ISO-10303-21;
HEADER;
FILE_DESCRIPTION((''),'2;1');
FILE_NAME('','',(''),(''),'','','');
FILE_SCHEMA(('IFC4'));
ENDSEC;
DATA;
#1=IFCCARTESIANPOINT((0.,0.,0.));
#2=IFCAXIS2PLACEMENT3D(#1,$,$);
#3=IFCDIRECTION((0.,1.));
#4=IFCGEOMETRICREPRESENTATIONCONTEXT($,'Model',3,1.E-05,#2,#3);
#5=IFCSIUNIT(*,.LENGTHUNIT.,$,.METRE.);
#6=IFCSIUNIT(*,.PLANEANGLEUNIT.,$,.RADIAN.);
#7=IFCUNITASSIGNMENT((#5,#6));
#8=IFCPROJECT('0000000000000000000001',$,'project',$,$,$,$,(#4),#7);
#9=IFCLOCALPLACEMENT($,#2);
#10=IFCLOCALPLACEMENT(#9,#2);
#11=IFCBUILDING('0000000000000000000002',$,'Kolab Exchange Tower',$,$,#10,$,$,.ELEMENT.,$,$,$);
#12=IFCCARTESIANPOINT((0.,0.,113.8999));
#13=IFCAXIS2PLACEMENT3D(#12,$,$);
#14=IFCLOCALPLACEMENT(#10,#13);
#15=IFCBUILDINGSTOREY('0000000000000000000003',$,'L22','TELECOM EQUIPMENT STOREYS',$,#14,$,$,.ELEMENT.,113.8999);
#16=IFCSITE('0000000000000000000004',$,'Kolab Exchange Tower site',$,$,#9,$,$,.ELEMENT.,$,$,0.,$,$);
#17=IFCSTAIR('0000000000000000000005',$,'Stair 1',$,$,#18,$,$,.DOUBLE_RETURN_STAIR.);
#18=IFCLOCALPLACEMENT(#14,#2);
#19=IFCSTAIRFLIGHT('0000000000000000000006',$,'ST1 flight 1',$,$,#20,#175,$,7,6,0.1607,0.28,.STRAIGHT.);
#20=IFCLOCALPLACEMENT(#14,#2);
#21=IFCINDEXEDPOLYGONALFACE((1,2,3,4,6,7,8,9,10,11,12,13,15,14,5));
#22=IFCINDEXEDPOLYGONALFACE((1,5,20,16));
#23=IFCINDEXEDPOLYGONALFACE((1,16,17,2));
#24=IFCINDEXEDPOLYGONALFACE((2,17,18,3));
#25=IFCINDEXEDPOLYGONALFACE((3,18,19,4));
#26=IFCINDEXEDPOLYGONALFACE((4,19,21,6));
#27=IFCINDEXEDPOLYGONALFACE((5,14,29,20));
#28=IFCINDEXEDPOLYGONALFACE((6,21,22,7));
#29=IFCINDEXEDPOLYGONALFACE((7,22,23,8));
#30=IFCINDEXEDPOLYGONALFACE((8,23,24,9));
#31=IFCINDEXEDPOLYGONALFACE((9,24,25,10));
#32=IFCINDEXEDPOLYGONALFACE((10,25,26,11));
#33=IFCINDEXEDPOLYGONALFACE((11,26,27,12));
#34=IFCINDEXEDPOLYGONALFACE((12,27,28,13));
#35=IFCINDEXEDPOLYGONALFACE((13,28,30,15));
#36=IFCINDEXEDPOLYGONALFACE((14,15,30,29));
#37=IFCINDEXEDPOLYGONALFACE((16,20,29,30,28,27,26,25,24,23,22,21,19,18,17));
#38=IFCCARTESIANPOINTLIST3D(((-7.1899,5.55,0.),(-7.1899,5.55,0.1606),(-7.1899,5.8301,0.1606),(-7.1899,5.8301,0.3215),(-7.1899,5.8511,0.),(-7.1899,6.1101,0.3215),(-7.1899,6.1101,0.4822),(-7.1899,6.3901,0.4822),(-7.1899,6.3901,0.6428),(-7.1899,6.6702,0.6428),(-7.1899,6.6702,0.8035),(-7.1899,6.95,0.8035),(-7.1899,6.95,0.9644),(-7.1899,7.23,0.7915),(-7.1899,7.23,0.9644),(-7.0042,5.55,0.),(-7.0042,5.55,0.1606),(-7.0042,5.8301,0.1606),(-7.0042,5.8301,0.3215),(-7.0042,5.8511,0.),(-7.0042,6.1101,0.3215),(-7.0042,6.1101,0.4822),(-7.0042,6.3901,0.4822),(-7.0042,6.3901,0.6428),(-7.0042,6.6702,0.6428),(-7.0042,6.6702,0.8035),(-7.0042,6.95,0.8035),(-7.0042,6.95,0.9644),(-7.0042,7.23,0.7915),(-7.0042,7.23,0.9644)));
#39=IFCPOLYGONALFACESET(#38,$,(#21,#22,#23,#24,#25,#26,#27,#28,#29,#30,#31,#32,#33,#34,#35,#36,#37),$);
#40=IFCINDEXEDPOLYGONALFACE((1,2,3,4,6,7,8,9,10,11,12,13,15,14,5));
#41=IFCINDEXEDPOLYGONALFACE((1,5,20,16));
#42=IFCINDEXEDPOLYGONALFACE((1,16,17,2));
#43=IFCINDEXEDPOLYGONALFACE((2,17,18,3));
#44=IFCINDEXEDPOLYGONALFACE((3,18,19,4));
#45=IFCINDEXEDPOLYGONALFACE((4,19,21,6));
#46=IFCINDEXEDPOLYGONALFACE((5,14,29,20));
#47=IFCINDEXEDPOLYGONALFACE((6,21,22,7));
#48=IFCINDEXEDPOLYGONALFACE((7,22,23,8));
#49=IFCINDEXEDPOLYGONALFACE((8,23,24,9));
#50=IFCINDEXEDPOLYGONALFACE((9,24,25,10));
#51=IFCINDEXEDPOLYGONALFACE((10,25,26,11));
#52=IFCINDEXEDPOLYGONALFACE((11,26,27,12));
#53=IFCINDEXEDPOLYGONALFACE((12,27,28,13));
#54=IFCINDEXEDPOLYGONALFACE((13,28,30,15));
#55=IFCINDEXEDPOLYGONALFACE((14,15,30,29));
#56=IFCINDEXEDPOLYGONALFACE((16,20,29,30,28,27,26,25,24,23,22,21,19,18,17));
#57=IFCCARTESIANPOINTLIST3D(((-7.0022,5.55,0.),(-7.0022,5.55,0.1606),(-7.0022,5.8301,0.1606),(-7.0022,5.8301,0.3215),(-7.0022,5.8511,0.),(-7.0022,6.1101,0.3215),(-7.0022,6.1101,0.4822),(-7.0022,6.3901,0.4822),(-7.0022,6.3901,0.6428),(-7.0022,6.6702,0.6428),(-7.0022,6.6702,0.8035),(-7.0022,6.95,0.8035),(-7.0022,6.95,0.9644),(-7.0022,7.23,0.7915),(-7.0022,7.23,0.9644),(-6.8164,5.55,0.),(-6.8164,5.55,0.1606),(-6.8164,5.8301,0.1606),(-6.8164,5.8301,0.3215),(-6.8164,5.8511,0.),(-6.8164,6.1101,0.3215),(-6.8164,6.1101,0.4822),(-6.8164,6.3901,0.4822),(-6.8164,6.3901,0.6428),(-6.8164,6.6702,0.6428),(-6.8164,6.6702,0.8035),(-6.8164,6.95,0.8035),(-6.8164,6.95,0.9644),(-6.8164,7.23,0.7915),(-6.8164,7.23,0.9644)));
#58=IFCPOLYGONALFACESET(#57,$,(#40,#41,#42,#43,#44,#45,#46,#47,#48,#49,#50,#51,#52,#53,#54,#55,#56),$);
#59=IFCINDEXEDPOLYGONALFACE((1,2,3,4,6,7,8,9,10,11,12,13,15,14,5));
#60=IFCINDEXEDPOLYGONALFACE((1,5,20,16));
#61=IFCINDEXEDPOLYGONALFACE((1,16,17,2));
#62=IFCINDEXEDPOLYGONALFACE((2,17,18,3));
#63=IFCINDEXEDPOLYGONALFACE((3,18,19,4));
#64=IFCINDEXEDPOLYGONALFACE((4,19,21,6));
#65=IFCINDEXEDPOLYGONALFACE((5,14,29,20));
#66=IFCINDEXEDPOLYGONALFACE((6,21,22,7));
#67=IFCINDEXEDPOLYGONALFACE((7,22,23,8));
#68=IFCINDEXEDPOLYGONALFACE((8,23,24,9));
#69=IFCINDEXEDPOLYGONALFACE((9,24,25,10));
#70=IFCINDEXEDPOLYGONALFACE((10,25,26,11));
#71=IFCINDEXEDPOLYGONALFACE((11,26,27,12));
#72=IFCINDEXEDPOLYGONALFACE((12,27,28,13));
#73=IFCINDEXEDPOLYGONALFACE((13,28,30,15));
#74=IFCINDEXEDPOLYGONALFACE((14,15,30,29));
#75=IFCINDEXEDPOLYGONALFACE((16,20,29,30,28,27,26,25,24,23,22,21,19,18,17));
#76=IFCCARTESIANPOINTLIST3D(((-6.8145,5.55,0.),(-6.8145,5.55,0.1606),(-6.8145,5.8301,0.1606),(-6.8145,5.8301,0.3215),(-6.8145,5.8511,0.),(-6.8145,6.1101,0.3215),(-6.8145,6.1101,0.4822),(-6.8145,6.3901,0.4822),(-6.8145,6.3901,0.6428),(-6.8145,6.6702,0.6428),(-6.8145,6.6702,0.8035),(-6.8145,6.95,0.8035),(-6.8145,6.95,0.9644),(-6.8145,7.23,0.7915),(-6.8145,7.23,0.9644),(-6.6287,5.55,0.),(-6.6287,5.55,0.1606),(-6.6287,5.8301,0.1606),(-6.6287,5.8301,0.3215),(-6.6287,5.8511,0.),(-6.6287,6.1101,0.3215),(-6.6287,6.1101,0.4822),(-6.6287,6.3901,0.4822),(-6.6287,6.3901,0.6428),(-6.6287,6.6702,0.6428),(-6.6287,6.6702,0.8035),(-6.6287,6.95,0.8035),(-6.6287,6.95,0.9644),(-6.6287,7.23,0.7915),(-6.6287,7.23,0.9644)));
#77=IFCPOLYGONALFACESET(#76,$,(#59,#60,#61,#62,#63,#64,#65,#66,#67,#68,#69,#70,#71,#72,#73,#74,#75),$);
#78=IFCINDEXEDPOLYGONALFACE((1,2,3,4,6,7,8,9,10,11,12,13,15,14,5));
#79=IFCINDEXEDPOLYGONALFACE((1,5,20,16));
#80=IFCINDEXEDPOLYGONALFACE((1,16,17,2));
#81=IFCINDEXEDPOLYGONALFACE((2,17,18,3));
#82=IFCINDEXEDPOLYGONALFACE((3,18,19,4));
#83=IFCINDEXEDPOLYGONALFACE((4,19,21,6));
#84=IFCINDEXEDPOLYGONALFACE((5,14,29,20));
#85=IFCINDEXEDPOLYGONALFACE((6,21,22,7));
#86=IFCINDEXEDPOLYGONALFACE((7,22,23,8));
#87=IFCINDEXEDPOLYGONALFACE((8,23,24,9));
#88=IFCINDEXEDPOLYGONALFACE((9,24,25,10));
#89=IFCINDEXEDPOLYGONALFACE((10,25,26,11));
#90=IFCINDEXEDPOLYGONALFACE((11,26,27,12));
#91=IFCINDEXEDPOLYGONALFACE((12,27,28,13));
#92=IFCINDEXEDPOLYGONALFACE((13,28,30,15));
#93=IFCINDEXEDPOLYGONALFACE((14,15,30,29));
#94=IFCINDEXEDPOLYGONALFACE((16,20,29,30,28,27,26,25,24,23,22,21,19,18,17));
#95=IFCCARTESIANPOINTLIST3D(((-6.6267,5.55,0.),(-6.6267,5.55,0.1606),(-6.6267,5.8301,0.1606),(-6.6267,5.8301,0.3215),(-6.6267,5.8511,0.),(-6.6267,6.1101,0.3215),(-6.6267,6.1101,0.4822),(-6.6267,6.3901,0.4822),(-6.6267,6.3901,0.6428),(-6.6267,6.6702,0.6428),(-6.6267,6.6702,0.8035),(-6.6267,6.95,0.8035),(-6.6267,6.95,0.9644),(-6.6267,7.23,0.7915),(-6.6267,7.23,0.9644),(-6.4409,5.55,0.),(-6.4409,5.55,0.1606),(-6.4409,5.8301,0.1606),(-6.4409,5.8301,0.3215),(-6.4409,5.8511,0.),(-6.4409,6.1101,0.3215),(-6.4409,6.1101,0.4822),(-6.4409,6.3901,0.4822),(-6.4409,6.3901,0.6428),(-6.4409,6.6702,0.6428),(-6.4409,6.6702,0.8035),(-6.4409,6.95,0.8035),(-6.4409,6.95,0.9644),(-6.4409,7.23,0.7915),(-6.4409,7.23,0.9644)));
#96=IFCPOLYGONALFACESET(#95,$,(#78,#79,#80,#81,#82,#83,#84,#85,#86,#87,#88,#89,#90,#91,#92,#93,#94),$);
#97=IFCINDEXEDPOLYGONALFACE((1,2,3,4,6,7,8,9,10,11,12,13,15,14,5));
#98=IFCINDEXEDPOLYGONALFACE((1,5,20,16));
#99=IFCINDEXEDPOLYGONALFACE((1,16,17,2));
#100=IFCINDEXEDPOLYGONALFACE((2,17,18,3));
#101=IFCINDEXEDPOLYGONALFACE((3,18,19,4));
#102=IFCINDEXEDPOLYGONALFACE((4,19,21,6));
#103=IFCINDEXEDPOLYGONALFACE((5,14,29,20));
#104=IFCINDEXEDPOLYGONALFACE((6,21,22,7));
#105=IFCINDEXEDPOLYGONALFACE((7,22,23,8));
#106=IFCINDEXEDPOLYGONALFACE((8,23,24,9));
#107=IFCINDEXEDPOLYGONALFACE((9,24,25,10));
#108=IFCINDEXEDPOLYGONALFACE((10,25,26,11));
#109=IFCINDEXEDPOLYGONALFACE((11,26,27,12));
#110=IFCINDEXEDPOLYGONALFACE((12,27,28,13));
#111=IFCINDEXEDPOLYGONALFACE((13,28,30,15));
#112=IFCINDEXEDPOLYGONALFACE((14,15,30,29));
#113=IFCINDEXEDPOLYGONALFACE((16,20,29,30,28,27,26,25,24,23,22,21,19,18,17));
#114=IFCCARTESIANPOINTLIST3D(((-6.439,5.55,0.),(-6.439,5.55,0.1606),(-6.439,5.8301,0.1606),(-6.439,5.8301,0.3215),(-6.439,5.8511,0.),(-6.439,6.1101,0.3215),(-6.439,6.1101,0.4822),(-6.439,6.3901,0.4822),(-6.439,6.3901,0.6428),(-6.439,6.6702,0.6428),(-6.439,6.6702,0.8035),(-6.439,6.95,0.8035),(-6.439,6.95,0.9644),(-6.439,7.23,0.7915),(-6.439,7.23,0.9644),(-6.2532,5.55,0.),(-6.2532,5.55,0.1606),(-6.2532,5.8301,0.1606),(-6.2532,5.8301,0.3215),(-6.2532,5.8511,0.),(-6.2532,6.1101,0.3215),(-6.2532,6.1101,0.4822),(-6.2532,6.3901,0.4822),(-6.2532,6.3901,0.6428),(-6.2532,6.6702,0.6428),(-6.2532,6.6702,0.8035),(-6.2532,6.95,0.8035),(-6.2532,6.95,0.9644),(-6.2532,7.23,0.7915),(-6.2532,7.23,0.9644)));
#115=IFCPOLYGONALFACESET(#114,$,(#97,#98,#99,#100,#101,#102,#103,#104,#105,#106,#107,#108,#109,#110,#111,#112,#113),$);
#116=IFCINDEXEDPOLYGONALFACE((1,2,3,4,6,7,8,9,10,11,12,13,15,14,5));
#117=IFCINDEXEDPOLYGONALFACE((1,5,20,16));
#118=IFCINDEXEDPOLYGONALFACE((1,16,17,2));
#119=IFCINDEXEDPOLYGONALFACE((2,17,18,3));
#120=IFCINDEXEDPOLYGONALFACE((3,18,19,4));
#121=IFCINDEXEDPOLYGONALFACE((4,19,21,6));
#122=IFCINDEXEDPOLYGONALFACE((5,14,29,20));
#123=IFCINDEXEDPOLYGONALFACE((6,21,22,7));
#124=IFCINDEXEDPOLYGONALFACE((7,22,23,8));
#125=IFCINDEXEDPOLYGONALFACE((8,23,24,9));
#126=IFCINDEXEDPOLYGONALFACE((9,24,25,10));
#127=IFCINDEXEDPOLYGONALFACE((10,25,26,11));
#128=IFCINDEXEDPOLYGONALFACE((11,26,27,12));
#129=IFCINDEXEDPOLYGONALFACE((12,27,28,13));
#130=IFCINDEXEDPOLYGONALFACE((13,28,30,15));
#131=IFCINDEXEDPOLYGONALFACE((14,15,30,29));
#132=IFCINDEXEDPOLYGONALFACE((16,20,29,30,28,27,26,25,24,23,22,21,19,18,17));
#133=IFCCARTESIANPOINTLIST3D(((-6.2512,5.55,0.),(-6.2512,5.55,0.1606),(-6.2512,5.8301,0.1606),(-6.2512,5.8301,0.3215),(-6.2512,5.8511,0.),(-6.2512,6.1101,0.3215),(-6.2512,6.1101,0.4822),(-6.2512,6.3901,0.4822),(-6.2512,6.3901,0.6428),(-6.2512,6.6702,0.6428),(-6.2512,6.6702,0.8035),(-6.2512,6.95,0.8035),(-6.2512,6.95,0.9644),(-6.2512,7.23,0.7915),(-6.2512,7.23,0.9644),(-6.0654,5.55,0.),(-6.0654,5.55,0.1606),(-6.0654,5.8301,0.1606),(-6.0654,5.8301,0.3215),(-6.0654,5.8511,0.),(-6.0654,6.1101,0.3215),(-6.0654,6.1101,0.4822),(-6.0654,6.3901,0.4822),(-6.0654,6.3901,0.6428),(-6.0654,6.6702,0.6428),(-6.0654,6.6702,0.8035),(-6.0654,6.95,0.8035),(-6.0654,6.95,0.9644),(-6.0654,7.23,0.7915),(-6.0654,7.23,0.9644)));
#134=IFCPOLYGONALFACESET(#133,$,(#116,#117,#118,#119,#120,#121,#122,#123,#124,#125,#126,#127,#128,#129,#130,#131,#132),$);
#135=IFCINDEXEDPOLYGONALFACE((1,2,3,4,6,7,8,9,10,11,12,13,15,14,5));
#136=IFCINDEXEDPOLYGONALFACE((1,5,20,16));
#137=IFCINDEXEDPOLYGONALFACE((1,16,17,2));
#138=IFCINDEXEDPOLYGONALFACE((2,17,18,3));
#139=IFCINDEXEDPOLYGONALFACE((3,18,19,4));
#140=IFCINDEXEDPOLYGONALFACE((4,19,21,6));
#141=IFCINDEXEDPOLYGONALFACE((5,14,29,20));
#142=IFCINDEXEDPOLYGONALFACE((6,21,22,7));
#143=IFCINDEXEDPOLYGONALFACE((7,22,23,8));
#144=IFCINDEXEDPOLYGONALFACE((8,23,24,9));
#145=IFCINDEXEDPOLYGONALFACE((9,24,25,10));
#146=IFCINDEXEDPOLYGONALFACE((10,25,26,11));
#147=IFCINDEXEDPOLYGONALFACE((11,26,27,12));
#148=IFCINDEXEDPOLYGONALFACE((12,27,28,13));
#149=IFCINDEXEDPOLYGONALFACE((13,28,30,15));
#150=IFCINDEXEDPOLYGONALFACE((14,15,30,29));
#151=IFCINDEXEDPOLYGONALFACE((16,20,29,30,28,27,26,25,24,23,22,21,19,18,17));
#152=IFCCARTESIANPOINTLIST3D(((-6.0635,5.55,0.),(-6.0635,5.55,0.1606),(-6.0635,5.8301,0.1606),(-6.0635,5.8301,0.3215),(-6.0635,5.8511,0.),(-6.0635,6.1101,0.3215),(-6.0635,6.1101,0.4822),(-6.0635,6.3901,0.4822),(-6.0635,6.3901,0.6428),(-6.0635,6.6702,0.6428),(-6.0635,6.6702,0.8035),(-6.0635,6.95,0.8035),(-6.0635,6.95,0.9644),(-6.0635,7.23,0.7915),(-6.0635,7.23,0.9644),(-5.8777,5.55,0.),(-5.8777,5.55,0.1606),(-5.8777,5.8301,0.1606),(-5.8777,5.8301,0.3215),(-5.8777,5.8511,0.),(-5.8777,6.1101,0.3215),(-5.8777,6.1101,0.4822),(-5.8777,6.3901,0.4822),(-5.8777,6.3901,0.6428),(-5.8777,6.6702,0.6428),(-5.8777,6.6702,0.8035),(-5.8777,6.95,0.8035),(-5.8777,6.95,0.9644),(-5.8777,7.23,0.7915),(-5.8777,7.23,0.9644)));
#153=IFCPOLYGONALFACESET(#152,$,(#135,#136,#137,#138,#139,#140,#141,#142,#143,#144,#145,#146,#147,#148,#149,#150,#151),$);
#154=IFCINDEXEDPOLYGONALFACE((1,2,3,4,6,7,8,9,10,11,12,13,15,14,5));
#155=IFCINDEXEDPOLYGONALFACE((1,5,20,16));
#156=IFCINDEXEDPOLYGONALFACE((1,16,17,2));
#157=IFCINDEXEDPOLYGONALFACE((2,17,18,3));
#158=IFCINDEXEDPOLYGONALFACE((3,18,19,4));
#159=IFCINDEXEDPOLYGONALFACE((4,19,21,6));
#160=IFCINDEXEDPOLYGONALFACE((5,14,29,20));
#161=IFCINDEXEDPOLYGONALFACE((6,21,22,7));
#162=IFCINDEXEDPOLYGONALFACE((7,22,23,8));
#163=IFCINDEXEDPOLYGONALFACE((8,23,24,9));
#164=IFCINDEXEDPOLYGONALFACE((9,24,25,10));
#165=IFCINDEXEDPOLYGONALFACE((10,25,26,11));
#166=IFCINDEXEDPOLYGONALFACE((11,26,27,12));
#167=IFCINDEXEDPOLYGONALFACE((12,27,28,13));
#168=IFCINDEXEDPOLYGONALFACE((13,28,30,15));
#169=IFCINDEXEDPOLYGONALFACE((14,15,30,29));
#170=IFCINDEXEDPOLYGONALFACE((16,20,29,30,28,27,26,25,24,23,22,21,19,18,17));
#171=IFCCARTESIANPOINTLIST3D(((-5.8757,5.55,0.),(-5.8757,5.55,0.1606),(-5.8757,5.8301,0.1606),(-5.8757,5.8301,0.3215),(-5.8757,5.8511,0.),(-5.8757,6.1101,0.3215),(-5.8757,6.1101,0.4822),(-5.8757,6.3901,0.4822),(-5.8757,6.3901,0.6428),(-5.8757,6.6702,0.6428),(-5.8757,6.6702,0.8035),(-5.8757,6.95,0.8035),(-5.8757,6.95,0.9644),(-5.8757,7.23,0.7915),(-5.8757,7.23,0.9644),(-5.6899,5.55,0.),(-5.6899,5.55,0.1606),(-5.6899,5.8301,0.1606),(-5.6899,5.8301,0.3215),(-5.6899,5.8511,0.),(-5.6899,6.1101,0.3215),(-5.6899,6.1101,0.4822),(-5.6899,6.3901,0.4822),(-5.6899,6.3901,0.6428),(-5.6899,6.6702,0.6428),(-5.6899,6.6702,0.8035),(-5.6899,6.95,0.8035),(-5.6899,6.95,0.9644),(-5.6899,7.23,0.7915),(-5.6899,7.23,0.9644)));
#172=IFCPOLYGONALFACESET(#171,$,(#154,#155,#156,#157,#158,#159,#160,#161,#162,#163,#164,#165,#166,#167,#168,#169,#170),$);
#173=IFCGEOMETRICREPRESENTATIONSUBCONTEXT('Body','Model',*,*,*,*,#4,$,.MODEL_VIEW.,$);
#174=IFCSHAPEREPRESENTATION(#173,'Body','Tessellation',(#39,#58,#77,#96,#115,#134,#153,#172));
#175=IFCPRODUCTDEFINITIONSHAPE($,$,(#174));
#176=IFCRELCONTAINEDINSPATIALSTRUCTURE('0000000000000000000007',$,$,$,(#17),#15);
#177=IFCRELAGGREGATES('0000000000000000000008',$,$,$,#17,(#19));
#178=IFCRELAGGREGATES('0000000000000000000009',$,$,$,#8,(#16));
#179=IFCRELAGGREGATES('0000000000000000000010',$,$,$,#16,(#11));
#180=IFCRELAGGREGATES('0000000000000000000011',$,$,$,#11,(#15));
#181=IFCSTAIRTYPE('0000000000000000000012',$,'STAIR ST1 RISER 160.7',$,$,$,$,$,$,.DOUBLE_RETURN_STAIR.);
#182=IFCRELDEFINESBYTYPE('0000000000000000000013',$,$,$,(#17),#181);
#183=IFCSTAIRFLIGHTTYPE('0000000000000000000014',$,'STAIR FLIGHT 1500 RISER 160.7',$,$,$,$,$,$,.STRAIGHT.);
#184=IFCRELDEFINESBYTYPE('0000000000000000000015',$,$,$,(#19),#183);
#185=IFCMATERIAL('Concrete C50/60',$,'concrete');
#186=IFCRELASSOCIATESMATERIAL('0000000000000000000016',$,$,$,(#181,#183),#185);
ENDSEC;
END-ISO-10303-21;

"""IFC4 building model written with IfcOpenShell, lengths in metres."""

from ifc_helpers import new_model, si_unit, direction, frame, origin, place, context, subcontext, project, spatial, polyline, outline, extrude, material, type_object, element, aggregate, save


model = new_model("IFC4")

# Units and contexts
model_context = context("Model", 3, precision=1e-05, world=origin(), true_north=direction((0.0, 1.0)))
body_context = subcontext(model_context, "Body", "Model", "MODEL_VIEW")
ifc_project = project(units=[si_unit("LENGTHUNIT", "METRE"), si_unit("PLANEANGLEUNIT", "RADIAN")], contexts=[model_context])

# Site, building, storey
site_placement = place(None, origin())
site = spatial("IfcSite", under=ifc_project, at=site_placement, Name="Kolab Exchange Tower site", CompositionType="ELEMENT", RefElevation=0.0)
building_placement = place(site_placement, origin())
building = spatial("IfcBuilding", under=site, at=building_placement, Name="Kolab Exchange Tower", CompositionType="ELEMENT")
storey_placement = place(building_placement, frame((0.0, 0.0, 113.8999)))
storey = spatial("IfcBuildingStorey", under=building, at=storey_placement, Name="L22", Description="TELECOM EQUIPMENT STOREYS", CompositionType="ELEMENT", Elevation=113.8999)

# Shared definitions
ifc_material_1 = material(Name="Concrete C50/60", Category="concrete")

# Stair, stair flight
stair_type = type_object("IfcStairType", Name="STAIR ST1 RISER 160.7", PredefinedType="DOUBLE_RETURN_STAIR", material=ifc_material_1)
stair_placement = place(storey_placement, origin())
stair = element("IfcStair", 1, at=stair_placement, inside=storey, type_object=stair_type, Name="Stair 1", PredefinedType="DOUBLE_RETURN_STAIR")
stair_flight_type = type_object("IfcStairFlightType", Name="STAIR FLIGHT 1500 RISER 160.7", PredefinedType="STRAIGHT", material=ifc_material_1)
stair_flight_1_placement = place(storey_placement, frame((-6.4399, 5.55, 0.0), z_axis=(0.0, 0.0, 1.0), x_axis=(0.0, 1.0, 0.0)))
stair_flight_1 = element("IfcStairFlight", 2, at=stair_flight_1_placement, type_object=stair_flight_type, Name="ST1 flight 1", NumberOfRisers=7, NumberOfTreads=6, PredefinedType="STRAIGHT", RiserHeight=0.1607, TreadLength=0.28, context=body_context, shape_type="SweptSolid", body=[
    extrude(outline(polyline([(0.0, 0.0), (0.0, 0.1606), (0.28, 0.1606), (0.28, 0.3215), (0.5601, 0.3215), (0.5601, 0.4822), (0.8401, 0.4822), (0.8401, 0.6428), (1.1201, 0.6428), (1.1201, 0.8035), (1.3999, 0.8035), (1.3999, 0.9644), (1.6799, 0.9644), (1.6799, 1.125), (1.6799, 0.7915), (0.301, 0.0), (0.0, 0.0)])), frame((0.0, 0.75, 0.0), z_axis=(0.0, -1.0, 0.0), x_axis=(1.0, 0.0, 0.0)), (0.0, 0.0, 1.0), 0.1858),
    extrude(outline(polyline([(0.0, 0.0), (0.0, 0.1606), (0.28, 0.1606), (0.28, 0.3215), (0.5601, 0.3215), (0.5601, 0.4822), (0.8401, 0.4822), (0.8401, 0.6428), (1.1201, 0.6428), (1.1201, 0.8035), (1.3999, 0.8035), (1.3999, 0.9644), (1.6799, 0.9644), (1.6799, 1.125), (1.6799, 0.7915), (0.301, 0.0), (0.0, 0.0)])), frame((0.0, 0.5623, 0.0), z_axis=(0.0, -1.0, 0.0), x_axis=(1.0, 0.0, 0.0)), (0.0, 0.0, 1.0), 0.1858),
    extrude(outline(polyline([(0.0, 0.0), (0.0, 0.1606), (0.28, 0.1606), (0.28, 0.3215), (0.5601, 0.3215), (0.5601, 0.4822), (0.8401, 0.4822), (0.8401, 0.6428), (1.1201, 0.6428), (1.1201, 0.8035), (1.3999, 0.8035), (1.3999, 0.9644), (1.6799, 0.9644), (1.6799, 1.125), (1.6799, 0.7915), (0.301, 0.0), (0.0, 0.0)])), frame((0.0, 0.3745, 0.0), z_axis=(0.0, -1.0, 0.0), x_axis=(1.0, 0.0, 0.0)), (0.0, 0.0, 1.0), 0.1858),
    extrude(outline(polyline([(0.0, 0.0), (0.0, 0.1606), (0.28, 0.1606), (0.28, 0.3215), (0.5601, 0.3215), (0.5601, 0.4822), (0.8401, 0.4822), (0.8401, 0.6428), (1.1201, 0.6428), (1.1201, 0.8035), (1.3999, 0.8035), (1.3999, 0.9644), (1.6799, 0.9644), (1.6799, 1.125), (1.6799, 0.7915), (0.301, 0.0), (0.0, 0.0)])), frame((0.0, 0.1868, 0.0), z_axis=(0.0, -1.0, 0.0), x_axis=(1.0, 0.0, 0.0)), (0.0, 0.0, 1.0), 0.1858),
    extrude(outline(polyline([(0.0, 0.0), (0.0, 0.1606), (0.28, 0.1606), (0.28, 0.3215), (0.5601, 0.3215), (0.5601, 0.4822), (0.8401, 0.4822), (0.8401, 0.6428), (1.1201, 0.6428), (1.1201, 0.8035), (1.3999, 0.8035), (1.3999, 0.9644), (1.6799, 0.9644), (1.6799, 1.125), (1.6799, 0.7915), (0.301, 0.0), (0.0, 0.0)])), frame((0.0, -0.001, 0.0), z_axis=(0.0, -1.0, 0.0), x_axis=(1.0, 0.0, 0.0)), (0.0, 0.0, 1.0), 0.1858),
    extrude(outline(polyline([(0.0, 0.0), (0.0, 0.1606), (0.28, 0.1606), (0.28, 0.3215), (0.5601, 0.3215), (0.5601, 0.4822), (0.8401, 0.4822), (0.8401, 0.6428), (1.1201, 0.6428), (1.1201, 0.8035), (1.3999, 0.8035), (1.3999, 0.9644), (1.6799, 0.9644), (1.6799, 1.125), (1.6799, 0.7915), (0.301, 0.0), (0.0, 0.0)])), frame((0.0, -0.1887, 0.0), z_axis=(0.0, -1.0, 0.0), x_axis=(1.0, 0.0, 0.0)), (0.0, 0.0, 1.0), 0.1858),
    extrude(outline(polyline([(0.0, 0.0), (0.0, 0.1606), (0.28, 0.1606), (0.28, 0.3215), (0.5601, 0.3215), (0.5601, 0.4822), (0.8401, 0.4822), (0.8401, 0.6428), (1.1201, 0.6428), (1.1201, 0.8035), (1.3999, 0.8035), (1.3999, 0.9644), (1.6799, 0.9644), (1.6799, 1.125), (1.6799, 0.7915), (0.301, 0.0), (0.0, 0.0)])), frame((0.0, -0.3765, 0.0), z_axis=(0.0, -1.0, 0.0), x_axis=(1.0, 0.0, 0.0)), (0.0, 0.0, 1.0), 0.1858),
    extrude(outline(polyline([(0.0, 0.0), (0.0, 0.1606), (0.28, 0.1606), (0.28, 0.3215), (0.5601, 0.3215), (0.5601, 0.4822), (0.8401, 0.4822), (0.8401, 0.6428), (1.1201, 0.6428), (1.1201, 0.8035), (1.3999, 0.8035), (1.3999, 0.9644), (1.6799, 0.9644), (1.6799, 1.125), (1.6799, 0.7915), (0.301, 0.0), (0.0, 0.0)])), frame((0.0, -0.5642, 0.0), z_axis=(0.0, -1.0, 0.0), x_axis=(1.0, 0.0, 0.0)), (0.0, 0.0, 1.0), 0.1858),
])
aggregate(stair, [stair_flight_1])

save(model, "model.ifc")
